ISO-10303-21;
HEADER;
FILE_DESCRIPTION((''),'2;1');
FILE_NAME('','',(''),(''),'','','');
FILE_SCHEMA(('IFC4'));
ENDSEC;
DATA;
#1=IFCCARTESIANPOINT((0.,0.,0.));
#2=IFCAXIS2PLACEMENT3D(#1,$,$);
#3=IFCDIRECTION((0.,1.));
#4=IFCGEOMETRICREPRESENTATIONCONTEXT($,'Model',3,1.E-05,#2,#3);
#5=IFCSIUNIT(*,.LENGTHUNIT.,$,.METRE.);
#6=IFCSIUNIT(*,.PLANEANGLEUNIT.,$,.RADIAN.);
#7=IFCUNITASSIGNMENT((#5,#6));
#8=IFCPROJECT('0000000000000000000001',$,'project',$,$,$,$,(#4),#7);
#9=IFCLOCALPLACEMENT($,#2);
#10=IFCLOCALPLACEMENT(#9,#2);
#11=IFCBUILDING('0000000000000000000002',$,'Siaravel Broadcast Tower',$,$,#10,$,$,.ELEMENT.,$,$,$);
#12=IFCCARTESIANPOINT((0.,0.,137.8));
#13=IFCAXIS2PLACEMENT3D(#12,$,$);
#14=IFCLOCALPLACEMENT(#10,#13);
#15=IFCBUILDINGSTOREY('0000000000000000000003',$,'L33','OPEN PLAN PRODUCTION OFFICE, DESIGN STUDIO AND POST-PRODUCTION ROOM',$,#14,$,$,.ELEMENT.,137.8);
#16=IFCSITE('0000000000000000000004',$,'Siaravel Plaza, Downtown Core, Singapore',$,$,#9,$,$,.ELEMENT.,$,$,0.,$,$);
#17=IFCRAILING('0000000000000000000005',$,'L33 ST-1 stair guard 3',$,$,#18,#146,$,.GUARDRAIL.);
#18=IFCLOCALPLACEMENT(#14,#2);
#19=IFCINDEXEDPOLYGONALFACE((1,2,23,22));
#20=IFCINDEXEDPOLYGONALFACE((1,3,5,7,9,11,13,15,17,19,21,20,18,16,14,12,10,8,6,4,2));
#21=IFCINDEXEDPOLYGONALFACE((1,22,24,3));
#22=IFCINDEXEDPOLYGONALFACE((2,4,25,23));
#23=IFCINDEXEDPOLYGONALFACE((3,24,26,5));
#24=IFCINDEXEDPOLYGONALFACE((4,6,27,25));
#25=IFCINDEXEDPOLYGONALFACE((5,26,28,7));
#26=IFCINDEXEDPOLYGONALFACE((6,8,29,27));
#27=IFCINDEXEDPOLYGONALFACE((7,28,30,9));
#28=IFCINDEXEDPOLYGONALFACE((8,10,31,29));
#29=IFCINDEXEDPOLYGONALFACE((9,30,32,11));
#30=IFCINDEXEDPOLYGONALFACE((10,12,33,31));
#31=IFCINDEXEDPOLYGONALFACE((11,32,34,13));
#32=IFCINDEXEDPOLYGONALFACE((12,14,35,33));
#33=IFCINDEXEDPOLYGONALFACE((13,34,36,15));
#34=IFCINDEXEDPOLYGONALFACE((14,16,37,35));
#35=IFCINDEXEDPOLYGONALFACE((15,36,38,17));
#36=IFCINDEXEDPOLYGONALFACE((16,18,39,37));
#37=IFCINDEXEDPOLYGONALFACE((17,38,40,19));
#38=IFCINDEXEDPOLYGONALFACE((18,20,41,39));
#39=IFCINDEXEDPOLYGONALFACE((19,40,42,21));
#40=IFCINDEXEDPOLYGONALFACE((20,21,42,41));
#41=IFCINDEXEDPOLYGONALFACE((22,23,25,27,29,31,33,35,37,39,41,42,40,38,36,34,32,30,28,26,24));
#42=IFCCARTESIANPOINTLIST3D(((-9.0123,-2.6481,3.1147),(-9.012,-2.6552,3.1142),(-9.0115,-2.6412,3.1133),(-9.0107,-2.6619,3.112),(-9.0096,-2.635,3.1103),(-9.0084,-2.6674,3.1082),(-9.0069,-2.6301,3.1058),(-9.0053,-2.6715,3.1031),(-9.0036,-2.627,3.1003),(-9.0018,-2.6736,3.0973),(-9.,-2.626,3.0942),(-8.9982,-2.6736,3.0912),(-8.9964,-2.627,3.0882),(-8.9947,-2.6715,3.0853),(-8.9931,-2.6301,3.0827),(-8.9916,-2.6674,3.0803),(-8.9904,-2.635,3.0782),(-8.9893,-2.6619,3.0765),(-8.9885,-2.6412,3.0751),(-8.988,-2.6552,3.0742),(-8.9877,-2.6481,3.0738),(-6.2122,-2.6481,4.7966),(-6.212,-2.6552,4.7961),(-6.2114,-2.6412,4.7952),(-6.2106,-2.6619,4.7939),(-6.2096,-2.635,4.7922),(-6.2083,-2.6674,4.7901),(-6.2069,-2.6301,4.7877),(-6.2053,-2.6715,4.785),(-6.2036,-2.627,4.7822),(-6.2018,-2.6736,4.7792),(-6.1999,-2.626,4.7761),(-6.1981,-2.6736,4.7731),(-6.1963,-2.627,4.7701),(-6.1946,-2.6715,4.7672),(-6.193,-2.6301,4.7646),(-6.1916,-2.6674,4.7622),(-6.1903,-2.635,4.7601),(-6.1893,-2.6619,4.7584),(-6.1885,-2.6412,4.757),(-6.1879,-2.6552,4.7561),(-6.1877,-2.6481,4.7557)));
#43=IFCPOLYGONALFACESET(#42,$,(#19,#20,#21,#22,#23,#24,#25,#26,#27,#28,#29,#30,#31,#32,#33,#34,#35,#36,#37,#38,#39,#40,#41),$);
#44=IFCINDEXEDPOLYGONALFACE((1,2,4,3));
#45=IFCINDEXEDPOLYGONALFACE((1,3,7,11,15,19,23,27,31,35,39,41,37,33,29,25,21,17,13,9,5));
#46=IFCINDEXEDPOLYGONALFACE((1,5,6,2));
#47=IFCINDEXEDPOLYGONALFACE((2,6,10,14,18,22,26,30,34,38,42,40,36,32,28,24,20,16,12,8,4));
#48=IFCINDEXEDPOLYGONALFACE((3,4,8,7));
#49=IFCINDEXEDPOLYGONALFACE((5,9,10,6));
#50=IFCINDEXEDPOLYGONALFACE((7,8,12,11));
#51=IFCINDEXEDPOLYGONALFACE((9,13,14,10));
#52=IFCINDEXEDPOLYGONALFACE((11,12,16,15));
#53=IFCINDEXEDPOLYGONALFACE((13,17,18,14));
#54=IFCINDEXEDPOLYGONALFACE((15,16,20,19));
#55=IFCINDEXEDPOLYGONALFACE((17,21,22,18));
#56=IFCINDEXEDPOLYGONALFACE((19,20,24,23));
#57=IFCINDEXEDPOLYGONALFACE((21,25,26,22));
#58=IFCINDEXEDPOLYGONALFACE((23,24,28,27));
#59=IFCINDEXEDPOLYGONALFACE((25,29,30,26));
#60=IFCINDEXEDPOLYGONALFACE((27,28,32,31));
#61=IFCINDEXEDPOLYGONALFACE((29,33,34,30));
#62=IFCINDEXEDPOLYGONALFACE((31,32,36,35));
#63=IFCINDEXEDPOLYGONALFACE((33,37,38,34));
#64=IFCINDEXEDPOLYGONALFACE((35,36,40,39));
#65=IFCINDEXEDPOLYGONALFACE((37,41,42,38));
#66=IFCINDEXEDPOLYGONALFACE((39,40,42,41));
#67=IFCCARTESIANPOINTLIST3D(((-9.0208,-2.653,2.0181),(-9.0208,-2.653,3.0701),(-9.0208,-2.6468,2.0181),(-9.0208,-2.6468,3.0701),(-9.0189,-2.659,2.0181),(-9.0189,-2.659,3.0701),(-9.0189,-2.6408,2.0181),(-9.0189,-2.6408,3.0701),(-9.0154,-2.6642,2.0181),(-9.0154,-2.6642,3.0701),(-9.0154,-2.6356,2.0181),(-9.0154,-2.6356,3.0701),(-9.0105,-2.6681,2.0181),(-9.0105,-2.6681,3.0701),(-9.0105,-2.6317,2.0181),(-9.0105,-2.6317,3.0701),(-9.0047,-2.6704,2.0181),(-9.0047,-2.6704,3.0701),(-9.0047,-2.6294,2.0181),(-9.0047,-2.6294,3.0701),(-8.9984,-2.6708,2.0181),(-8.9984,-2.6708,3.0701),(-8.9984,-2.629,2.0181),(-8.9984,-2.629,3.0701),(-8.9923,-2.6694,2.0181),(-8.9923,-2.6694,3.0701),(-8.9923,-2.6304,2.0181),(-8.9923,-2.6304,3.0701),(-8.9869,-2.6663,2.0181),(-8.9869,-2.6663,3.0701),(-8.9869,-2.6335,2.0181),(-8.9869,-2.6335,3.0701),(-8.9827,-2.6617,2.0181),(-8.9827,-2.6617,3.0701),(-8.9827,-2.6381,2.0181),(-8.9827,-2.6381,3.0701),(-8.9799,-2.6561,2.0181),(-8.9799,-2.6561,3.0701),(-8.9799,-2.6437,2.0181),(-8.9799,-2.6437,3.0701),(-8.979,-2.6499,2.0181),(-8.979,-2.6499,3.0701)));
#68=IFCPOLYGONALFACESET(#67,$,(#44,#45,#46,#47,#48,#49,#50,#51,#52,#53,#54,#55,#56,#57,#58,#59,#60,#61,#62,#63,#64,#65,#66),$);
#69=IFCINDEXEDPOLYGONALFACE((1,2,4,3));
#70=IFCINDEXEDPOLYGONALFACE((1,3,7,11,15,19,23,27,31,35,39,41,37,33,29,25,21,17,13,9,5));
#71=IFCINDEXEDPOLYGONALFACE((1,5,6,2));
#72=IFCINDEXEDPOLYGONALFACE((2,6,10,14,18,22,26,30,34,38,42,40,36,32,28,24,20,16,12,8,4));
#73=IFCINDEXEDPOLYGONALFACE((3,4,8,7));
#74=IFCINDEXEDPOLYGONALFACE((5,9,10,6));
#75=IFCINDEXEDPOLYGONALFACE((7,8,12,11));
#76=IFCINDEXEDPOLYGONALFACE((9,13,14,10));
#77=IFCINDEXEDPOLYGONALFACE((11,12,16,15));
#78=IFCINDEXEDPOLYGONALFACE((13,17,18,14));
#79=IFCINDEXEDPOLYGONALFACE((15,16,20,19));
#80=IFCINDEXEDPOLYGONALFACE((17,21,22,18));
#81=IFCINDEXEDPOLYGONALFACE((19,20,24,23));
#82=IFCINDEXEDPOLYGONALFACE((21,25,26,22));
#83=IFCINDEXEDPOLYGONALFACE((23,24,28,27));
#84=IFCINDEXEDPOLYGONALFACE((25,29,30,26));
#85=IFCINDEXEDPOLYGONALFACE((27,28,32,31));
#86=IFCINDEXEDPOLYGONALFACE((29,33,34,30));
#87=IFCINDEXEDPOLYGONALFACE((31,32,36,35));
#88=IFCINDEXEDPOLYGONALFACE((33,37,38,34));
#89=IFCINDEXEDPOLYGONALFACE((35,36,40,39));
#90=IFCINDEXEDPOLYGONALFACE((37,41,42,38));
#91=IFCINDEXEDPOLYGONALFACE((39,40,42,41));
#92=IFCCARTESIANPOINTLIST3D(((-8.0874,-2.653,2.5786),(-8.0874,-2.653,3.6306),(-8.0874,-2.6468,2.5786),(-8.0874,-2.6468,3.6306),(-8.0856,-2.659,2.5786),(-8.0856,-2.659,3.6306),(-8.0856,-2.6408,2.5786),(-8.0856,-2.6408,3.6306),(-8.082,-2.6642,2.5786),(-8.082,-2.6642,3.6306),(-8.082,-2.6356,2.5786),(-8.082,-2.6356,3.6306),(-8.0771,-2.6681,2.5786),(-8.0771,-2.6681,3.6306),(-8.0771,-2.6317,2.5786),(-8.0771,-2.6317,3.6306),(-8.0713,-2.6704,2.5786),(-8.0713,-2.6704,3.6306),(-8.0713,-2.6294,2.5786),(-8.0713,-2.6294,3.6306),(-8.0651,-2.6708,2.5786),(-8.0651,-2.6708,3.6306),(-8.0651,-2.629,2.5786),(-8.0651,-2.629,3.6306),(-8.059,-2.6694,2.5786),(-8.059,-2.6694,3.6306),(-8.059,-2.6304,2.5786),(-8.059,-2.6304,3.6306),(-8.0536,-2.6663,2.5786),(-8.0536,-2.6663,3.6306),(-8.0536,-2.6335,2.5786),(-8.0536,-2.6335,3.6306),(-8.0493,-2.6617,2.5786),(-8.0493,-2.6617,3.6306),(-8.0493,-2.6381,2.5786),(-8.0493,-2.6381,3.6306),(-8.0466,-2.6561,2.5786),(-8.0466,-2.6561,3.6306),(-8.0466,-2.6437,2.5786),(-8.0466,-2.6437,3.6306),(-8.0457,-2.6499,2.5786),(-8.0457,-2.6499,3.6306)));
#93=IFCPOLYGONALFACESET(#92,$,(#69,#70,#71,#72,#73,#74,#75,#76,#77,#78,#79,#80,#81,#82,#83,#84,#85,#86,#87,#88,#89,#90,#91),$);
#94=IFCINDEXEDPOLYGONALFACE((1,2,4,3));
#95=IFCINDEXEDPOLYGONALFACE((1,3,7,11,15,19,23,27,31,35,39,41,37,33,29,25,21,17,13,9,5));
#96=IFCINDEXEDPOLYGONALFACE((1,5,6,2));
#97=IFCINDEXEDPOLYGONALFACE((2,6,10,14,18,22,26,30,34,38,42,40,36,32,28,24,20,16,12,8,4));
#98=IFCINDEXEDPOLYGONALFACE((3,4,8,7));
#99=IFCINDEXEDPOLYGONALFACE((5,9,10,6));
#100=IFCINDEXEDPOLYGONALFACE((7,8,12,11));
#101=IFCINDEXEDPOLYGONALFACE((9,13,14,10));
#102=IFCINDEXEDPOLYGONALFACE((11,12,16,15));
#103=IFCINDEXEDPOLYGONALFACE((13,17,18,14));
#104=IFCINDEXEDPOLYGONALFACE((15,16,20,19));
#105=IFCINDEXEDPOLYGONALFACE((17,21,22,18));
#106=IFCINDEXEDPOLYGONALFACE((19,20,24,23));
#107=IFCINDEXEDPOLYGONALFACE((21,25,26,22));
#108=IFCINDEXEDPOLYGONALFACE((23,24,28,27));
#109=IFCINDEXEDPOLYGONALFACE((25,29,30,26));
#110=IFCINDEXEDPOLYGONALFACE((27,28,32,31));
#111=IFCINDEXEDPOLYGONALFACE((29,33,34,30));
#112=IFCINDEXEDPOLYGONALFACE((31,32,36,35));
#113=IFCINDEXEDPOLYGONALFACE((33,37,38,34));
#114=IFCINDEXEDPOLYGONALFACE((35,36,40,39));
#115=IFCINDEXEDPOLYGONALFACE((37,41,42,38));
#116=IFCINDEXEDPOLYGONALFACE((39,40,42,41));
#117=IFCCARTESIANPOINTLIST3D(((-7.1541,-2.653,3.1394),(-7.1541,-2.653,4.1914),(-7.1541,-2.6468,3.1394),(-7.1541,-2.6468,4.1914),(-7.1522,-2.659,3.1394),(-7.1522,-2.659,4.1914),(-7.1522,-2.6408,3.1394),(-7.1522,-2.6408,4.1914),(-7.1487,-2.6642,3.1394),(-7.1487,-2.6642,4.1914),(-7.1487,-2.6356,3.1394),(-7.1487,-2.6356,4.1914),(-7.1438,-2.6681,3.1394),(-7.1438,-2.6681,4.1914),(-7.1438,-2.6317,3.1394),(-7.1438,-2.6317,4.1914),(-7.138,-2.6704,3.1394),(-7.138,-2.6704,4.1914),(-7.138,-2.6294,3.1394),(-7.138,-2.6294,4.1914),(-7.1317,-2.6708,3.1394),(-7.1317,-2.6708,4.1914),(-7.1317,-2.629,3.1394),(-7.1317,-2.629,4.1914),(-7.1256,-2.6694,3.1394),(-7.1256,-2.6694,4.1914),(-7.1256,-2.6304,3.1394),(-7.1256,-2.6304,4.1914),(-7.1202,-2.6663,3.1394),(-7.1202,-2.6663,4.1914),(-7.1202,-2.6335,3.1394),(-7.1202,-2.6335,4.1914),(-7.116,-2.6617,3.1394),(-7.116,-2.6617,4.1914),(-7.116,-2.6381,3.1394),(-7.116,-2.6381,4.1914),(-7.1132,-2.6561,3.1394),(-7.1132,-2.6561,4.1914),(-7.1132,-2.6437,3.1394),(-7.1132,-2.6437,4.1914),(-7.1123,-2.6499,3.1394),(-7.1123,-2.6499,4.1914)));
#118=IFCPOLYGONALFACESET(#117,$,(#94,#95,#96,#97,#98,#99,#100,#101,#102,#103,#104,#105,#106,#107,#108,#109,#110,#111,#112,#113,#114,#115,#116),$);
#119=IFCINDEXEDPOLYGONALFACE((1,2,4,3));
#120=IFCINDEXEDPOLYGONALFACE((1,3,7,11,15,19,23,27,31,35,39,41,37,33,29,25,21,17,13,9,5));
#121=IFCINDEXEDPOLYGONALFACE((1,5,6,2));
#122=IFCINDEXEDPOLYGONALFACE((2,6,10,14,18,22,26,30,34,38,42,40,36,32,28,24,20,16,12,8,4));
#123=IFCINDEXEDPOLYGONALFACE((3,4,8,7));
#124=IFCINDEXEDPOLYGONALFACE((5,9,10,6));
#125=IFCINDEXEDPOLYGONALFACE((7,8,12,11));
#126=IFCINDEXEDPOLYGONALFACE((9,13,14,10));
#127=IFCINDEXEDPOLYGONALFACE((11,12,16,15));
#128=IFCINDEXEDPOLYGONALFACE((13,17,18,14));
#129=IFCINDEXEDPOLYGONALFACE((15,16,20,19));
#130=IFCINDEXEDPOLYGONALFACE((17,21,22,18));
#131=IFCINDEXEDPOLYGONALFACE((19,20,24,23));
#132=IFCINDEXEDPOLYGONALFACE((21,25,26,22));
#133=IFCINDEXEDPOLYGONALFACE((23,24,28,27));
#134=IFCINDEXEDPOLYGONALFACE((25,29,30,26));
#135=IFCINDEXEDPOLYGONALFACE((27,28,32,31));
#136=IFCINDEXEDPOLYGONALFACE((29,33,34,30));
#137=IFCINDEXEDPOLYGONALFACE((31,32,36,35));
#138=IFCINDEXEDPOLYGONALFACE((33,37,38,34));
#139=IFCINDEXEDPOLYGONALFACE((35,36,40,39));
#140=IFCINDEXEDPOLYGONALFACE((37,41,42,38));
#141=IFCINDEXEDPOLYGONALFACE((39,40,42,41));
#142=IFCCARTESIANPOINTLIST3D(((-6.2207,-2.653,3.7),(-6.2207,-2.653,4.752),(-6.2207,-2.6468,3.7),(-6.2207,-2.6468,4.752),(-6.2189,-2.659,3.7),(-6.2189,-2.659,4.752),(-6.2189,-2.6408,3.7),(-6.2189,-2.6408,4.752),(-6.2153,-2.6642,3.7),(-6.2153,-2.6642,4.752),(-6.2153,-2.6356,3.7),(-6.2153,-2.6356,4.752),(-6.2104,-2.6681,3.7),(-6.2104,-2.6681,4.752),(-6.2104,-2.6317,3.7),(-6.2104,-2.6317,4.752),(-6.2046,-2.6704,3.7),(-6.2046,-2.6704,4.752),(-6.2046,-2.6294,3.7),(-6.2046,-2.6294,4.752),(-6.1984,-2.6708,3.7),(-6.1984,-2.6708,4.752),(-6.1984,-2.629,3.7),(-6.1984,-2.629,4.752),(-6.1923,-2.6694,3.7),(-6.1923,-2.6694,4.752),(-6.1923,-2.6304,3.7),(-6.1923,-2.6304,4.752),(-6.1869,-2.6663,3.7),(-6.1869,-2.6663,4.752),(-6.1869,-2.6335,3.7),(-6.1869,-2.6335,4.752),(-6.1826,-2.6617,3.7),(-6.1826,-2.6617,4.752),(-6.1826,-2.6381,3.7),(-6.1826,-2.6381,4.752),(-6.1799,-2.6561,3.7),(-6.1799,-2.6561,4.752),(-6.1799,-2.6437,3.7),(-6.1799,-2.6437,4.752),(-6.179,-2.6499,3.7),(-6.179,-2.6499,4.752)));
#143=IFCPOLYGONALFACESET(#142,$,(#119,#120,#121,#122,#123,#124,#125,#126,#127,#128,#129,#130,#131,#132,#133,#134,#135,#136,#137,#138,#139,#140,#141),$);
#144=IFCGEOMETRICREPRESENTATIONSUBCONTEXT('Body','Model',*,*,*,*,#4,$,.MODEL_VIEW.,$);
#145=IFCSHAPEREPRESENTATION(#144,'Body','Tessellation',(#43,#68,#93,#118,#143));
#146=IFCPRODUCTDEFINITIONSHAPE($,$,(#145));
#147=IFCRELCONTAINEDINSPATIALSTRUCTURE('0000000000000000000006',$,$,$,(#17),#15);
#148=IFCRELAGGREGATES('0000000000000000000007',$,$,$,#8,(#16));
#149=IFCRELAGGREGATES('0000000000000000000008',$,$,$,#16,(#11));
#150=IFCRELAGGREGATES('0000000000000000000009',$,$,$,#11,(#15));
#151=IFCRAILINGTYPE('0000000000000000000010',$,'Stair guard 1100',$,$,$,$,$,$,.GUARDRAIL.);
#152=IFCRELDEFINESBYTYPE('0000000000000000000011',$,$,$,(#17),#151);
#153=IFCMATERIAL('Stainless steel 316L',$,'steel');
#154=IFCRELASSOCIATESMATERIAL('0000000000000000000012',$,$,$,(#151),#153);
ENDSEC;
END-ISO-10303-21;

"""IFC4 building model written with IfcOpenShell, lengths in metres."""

from ifc_helpers import new_model, si_unit, direction, frame, origin, origin_2d, place, context, subcontext, project, spatial, circle, extrude, material, type_object, element, save


model = new_model("IFC4")

# Units and contexts
model_context = context("Model", 3, precision=1e-05, world=origin(), true_north=direction((0.0, 1.0)))
body_context = subcontext(model_context, "Body", "Model", "MODEL_VIEW")
ifc_project = project(units=[si_unit("LENGTHUNIT", "METRE"), si_unit("PLANEANGLEUNIT", "RADIAN")], contexts=[model_context])

# Site, building, storey
site_placement = place(None, origin())
site = spatial("IfcSite", under=ifc_project, at=site_placement, Name="Siaravel Plaza, Downtown Core, Singapore", CompositionType="ELEMENT", RefElevation=0.0)
building_placement = place(site_placement, origin())
building = spatial("IfcBuilding", under=site, at=building_placement, Name="Siaravel Broadcast Tower", CompositionType="ELEMENT")
storey_placement = place(building_placement, frame((0.0, 0.0, 137.8)))
storey = spatial("IfcBuildingStorey", under=building, at=storey_placement, Name="L33", Description="OPEN PLAN PRODUCTION OFFICE, DESIGN STUDIO AND POST-PRODUCTION ROOM", CompositionType="ELEMENT", Elevation=137.8)

# Shared definitions
ifc_material_1 = material(Name="Stainless steel 316L", Category="steel")

# Railing
railing_type_1 = type_object("IfcRailingType", Name="Stair guard 1100", PredefinedType="GUARDRAIL", material=ifc_material_1)
railing_1_placement = place(storey_placement, frame((-9.0, -2.6499, 2.0181)))
element("IfcRailing", 1, at=railing_1_placement, inside=storey, type_object=railing_type_1, Name="L33 ST-1 stair guard 3", PredefinedType="GUARDRAIL", context=body_context, shape_type="SweptSolid", body=[
    extrude(circle(Radius=0.0239, at=origin_2d()), frame((0.0, 0.0, 1.0762), z_axis=(0.857242, 0.0, 0.514913), x_axis=(0.0, 1.0, 0.0)), (0.0, 0.0, 1.0), 3.2664),
    extrude(circle(Radius=0.021, at=origin_2d()), origin(), (0.0, 0.0, 1.0), 1.052),
    extrude(circle(Radius=0.021, at=origin_2d()), frame((0.9333, 0.0, 0.5605)), (0.0, 0.0, 1.0), 1.052),
    extrude(circle(Radius=0.021, at=origin_2d()), frame((1.8667, 0.0, 1.1213)), (0.0, 0.0, 1.0), 1.052),
    extrude(circle(Radius=0.021, at=origin_2d()), frame((2.8, 0.0, 1.6819)), (0.0, 0.0, 1.0), 1.052),
])

save(model, "model.ifc")
